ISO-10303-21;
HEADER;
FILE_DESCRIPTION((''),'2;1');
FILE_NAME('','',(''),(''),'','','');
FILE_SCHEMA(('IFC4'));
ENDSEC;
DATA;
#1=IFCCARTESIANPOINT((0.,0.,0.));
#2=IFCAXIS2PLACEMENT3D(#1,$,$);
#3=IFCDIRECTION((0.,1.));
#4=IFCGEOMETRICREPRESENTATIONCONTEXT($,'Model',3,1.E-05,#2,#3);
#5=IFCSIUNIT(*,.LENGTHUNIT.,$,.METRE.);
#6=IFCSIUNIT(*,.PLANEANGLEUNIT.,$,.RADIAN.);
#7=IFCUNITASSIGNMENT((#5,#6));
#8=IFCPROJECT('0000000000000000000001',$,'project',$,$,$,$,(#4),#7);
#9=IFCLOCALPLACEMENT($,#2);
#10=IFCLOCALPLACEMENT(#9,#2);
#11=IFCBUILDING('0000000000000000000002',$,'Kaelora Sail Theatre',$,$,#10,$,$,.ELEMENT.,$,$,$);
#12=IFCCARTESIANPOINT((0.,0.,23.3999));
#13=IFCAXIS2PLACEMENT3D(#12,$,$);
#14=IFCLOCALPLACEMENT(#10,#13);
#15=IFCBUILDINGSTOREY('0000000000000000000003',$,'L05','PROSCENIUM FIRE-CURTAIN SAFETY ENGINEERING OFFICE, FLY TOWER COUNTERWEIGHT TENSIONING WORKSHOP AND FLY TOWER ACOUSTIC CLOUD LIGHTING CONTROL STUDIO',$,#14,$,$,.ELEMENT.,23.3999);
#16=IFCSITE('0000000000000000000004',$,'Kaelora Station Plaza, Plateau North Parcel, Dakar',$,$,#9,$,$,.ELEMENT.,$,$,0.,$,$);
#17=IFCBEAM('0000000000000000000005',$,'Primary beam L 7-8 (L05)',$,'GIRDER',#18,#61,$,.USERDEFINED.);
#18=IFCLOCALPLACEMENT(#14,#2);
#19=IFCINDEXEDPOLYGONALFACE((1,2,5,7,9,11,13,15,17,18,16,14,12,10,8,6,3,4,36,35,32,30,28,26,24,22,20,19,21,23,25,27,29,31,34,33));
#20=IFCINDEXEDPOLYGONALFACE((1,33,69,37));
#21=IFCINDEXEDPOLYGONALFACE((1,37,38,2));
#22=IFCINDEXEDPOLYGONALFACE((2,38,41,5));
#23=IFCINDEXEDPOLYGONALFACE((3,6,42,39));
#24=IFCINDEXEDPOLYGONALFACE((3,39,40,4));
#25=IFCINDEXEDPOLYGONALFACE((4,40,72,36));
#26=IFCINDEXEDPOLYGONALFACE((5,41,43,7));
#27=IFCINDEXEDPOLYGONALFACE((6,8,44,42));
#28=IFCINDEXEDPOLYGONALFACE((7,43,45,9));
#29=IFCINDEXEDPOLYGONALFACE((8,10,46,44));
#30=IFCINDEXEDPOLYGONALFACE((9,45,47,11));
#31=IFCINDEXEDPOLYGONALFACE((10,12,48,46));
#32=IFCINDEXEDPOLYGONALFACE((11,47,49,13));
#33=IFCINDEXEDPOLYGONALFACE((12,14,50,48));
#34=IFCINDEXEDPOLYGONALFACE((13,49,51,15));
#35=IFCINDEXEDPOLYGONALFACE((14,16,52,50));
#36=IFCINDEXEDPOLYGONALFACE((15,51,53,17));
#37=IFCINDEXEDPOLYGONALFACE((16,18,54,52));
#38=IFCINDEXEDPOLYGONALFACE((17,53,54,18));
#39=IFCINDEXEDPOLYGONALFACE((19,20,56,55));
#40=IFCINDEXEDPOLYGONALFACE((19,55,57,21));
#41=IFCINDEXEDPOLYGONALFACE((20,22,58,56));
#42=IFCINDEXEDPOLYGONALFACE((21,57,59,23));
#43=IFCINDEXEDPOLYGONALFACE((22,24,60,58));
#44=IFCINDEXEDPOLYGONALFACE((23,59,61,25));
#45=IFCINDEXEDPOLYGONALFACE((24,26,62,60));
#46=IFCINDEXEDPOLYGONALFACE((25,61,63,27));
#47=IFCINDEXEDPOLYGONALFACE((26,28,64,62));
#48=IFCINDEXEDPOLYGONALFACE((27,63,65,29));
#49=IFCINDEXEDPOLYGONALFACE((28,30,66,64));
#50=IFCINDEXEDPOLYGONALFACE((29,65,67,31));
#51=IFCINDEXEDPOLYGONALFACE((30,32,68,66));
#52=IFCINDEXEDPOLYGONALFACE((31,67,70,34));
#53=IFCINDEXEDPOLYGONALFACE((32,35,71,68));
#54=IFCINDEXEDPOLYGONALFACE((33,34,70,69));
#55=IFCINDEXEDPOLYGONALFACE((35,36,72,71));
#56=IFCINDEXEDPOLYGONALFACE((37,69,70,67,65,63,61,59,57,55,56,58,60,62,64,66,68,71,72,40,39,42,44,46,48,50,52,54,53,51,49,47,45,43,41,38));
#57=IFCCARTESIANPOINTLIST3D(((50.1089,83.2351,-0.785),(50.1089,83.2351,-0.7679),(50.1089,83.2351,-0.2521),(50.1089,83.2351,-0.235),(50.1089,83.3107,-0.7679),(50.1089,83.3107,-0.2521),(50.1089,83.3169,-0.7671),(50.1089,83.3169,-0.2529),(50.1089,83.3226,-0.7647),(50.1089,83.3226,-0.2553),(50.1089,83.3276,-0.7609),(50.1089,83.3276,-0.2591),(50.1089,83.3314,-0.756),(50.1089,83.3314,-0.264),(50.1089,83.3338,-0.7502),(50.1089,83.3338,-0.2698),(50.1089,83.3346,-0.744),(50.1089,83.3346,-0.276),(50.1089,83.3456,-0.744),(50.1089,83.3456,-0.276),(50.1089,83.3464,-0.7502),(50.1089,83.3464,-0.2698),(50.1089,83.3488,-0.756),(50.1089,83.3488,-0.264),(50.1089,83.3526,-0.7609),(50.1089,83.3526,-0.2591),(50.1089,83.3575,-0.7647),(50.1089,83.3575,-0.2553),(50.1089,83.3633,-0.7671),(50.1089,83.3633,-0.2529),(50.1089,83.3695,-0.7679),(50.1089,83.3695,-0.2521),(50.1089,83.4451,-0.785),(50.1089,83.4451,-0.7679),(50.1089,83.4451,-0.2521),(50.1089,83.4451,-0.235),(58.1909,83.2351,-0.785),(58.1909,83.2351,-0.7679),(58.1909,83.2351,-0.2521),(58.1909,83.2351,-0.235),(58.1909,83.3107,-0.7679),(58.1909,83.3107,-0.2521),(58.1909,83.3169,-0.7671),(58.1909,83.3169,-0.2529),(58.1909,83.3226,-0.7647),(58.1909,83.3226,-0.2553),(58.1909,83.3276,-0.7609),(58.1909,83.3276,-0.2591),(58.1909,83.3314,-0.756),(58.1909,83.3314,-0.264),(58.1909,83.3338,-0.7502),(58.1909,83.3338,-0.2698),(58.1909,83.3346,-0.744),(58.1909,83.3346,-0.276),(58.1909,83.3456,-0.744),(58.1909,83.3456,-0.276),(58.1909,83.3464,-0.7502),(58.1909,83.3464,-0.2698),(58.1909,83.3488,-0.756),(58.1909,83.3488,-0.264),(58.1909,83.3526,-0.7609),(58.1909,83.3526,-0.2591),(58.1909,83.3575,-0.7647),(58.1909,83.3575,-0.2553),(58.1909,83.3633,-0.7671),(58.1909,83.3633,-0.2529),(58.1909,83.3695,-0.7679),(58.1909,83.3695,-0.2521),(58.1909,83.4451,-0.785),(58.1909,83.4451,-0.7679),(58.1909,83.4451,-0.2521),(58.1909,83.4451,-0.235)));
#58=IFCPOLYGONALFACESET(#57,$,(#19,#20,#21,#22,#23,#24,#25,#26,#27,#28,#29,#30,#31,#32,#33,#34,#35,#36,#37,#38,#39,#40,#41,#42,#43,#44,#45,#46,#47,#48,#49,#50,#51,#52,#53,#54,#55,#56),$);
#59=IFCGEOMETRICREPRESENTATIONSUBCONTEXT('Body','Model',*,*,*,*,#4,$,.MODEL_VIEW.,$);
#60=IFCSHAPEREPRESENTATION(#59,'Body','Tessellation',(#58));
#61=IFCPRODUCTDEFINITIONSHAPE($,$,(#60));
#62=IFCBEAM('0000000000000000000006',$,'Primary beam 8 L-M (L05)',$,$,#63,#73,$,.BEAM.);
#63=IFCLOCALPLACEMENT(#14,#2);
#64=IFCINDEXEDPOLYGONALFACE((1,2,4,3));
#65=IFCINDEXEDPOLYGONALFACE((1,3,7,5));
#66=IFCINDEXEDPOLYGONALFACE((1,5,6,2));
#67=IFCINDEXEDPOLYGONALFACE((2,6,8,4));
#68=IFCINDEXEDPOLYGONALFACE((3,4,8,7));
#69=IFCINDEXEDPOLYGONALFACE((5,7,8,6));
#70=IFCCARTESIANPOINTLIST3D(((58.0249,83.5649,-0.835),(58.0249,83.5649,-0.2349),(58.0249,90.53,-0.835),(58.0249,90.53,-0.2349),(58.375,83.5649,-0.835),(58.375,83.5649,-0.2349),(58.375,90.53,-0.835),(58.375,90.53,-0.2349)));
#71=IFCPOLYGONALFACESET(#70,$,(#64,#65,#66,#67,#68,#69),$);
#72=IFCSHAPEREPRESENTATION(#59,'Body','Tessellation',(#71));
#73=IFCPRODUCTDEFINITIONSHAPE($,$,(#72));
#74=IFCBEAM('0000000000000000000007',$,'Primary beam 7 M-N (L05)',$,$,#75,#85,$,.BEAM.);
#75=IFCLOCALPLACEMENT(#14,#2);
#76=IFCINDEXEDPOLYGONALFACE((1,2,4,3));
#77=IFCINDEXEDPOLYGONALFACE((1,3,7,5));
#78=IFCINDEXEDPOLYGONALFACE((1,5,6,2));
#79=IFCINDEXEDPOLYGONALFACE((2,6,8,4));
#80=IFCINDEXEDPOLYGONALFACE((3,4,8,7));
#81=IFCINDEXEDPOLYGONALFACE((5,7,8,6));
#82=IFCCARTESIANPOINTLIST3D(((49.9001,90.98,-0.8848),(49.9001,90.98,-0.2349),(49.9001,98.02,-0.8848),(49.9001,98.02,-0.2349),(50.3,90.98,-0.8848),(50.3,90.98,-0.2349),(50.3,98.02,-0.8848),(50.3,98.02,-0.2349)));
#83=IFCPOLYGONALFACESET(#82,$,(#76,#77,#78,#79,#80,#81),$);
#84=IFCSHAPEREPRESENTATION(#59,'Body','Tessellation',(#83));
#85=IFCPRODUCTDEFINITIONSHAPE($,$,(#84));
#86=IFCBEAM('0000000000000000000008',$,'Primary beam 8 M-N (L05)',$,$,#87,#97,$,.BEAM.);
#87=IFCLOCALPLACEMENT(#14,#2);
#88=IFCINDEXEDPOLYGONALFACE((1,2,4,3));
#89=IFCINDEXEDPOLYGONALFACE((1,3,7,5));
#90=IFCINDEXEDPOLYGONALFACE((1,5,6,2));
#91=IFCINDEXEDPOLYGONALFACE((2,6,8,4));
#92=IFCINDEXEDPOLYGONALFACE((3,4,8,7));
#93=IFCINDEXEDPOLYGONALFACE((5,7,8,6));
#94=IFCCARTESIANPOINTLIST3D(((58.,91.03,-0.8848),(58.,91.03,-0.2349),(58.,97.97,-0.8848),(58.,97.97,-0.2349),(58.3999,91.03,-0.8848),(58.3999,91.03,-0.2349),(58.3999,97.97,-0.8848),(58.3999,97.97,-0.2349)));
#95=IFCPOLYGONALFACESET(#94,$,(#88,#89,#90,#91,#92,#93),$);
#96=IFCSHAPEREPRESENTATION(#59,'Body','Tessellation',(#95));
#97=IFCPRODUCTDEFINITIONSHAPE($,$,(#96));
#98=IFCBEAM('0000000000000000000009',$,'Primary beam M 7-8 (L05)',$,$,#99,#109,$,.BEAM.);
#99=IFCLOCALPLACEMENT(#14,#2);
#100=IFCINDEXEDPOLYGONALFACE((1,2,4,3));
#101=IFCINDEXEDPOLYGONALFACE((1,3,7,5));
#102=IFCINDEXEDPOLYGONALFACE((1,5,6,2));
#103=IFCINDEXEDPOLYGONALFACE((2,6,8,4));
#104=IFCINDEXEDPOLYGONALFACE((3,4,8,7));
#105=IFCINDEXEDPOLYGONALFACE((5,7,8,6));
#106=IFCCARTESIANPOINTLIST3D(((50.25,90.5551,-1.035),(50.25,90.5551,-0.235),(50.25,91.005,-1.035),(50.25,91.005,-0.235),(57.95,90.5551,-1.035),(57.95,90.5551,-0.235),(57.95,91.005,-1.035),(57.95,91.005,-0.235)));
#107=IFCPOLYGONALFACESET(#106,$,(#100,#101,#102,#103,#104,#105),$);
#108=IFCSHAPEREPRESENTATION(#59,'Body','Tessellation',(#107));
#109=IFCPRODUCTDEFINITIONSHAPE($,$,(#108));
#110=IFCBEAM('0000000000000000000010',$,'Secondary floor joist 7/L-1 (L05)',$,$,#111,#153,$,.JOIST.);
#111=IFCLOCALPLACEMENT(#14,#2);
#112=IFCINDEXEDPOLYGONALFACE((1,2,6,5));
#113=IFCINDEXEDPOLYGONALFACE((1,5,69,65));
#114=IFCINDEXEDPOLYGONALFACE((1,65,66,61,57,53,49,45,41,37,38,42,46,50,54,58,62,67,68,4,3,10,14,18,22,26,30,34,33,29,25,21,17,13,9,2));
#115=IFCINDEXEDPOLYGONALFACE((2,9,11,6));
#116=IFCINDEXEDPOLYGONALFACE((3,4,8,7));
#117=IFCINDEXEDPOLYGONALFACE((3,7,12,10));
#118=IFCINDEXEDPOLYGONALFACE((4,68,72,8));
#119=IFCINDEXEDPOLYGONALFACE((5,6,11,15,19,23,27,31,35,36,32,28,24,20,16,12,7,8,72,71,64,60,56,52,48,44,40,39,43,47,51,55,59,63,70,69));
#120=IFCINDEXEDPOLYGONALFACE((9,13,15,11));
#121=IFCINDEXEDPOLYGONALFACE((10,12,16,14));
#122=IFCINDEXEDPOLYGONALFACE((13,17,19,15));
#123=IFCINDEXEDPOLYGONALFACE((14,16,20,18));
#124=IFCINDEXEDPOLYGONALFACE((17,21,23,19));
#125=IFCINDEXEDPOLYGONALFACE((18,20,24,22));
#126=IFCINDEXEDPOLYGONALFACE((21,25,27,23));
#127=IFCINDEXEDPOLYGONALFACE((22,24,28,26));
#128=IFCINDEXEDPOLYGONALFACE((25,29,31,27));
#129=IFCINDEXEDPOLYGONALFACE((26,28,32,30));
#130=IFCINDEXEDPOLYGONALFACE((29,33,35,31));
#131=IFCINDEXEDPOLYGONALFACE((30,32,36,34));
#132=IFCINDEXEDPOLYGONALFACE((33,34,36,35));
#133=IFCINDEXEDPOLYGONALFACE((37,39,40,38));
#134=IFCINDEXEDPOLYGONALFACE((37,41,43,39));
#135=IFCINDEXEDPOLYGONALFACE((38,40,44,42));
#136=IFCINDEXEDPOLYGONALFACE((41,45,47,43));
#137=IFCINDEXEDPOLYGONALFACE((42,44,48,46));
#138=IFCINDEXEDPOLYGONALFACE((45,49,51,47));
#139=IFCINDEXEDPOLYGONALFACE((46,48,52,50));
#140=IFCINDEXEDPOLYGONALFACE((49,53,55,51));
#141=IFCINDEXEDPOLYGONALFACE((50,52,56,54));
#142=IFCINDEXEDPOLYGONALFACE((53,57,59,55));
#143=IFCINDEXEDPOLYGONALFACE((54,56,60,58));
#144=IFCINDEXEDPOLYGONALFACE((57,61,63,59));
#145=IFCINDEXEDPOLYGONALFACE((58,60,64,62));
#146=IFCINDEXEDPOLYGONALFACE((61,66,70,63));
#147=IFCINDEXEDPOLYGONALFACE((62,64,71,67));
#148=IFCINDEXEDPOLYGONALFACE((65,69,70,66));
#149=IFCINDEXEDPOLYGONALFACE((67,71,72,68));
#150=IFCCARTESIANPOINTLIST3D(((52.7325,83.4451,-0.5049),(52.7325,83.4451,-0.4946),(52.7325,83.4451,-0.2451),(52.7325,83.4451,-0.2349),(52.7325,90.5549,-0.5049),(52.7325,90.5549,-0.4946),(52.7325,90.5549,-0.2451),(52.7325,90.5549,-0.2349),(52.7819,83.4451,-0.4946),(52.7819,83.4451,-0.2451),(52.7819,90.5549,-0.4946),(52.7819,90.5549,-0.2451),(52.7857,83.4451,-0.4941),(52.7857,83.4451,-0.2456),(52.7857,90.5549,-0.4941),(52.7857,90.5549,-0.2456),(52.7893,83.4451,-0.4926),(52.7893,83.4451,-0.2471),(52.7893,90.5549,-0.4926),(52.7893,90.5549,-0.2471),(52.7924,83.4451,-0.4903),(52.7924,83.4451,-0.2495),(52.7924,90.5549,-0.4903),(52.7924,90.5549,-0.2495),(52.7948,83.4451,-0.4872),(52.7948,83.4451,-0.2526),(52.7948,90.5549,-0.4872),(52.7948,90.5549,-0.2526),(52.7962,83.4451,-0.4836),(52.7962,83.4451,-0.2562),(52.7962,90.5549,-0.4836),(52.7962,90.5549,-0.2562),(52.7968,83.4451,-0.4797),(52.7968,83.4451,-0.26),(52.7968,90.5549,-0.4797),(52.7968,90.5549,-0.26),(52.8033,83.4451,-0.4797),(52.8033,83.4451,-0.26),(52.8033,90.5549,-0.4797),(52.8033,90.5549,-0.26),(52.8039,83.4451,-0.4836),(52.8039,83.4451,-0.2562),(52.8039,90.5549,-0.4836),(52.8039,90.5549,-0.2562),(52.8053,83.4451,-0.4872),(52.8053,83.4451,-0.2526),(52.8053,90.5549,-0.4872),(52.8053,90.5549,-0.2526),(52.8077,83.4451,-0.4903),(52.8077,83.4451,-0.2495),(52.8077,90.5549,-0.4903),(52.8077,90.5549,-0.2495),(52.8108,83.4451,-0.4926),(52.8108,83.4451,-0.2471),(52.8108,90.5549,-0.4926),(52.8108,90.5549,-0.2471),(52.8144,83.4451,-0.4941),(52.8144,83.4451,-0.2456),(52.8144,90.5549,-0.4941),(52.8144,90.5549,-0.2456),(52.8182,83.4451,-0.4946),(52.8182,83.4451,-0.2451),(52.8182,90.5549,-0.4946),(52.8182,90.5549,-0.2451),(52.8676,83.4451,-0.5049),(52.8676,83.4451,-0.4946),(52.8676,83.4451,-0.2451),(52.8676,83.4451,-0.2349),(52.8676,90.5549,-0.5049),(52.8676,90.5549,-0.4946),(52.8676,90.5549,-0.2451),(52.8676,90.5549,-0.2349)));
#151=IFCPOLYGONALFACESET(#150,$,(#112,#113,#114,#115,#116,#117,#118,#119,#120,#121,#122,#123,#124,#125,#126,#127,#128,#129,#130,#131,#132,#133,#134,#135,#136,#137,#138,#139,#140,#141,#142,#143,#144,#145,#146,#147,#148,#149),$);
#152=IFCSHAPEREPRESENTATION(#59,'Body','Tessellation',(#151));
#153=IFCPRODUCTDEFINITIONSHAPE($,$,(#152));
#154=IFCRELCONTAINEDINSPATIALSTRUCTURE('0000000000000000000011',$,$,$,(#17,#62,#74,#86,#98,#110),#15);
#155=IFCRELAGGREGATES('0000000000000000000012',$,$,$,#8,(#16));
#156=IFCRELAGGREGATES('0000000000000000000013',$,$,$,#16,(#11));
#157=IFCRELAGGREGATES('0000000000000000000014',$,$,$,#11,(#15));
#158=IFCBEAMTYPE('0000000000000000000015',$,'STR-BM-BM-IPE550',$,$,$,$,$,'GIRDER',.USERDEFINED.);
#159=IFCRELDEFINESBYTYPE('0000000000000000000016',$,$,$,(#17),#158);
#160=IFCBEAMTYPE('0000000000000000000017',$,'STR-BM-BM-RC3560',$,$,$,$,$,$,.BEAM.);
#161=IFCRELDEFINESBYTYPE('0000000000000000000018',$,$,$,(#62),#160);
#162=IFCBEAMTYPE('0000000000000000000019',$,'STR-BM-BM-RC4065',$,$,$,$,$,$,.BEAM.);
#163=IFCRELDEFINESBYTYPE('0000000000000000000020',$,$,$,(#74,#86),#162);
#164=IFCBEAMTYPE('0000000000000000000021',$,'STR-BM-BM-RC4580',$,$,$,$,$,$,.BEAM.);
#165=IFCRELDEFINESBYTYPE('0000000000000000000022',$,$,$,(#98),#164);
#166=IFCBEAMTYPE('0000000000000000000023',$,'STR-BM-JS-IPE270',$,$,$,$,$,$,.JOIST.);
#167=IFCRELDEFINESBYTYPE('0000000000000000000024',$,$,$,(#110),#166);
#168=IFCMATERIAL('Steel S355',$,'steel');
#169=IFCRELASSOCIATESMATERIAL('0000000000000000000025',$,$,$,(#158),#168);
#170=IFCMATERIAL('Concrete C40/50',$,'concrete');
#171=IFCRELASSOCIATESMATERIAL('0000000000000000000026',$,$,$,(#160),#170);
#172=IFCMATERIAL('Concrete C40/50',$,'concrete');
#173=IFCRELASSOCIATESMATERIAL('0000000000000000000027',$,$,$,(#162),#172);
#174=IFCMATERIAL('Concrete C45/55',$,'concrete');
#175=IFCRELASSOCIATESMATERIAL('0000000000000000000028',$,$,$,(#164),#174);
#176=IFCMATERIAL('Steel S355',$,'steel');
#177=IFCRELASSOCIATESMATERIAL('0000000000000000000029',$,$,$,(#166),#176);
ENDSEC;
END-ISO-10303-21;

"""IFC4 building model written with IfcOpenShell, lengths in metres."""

from ifc_helpers import new_model, si_unit, direction, frame, origin, origin_2d, place, context, subcontext, project, spatial, rectangle, i_section, extrude, material, material_profile, profile_set, type_object, element, save


model = new_model("IFC4")

# Units and contexts
model_context = context("Model", 3, precision=1e-05, world=origin(), true_north=direction((0.0, 1.0)))
body_context = subcontext(model_context, "Body", "Model", "MODEL_VIEW")
ifc_project = project(units=[si_unit("LENGTHUNIT", "METRE"), si_unit("PLANEANGLEUNIT", "RADIAN")], contexts=[model_context])

# Site, building, storey
site_placement = place(None, origin())
site = spatial("IfcSite", under=ifc_project, at=site_placement, Name="Kaelora Station Plaza, Plateau North Parcel, Dakar", CompositionType="ELEMENT", RefElevation=0.0)
building_placement = place(site_placement, origin())
building = spatial("IfcBuilding", under=site, at=building_placement, Name="Kaelora Sail Theatre", CompositionType="ELEMENT")
storey_placement = place(building_placement, frame((0.0, 0.0, 23.3999)))
storey = spatial("IfcBuildingStorey", under=building, at=storey_placement, Name="L05", Description="PROSCENIUM FIRE-CURTAIN SAFETY ENGINEERING OFFICE, FLY TOWER COUNTERWEIGHT TENSIONING WORKSHOP AND FLY TOWER ACOUSTIC CLOUD LIGHTING CONTROL STUDIO", CompositionType="ELEMENT", Elevation=23.3999)

# Beams
ifc_material_1 = material(Name="Steel S355", Category="steel")
ifc_material_profile_1 = material_profile(ifc_material_1, i_section(OverallWidth=0.21, OverallDepth=0.55, WebThickness=0.011, FlangeThickness=0.0171, FilletRadius=0.0239, at=origin_2d()), Name="IPE 550")
ifc_profile_set_1 = profile_set([ifc_material_profile_1], Name="Steel S355")
beam_type_1 = type_object("IfcBeamType", Name="STR-BM-BM-IPE550", ElementType="GIRDER", PredefinedType="USERDEFINED", material=ifc_profile_set_1)
beam_1_placement = place(storey_placement, frame((50.1089, 83.3401, -0.51), z_axis=(1.0, 0.0, 0.0), x_axis=(0.0, 1.0, 0.0)))
element("IfcBeam", 1, at=beam_1_placement, inside=storey, type_object=beam_type_1, Name="Primary beam L 7-8 (L05)", ObjectType="GIRDER", PredefinedType="USERDEFINED", context=body_context, shape_type="SweptSolid", body=[
    extrude(i_section(OverallWidth=0.21, OverallDepth=0.55, WebThickness=0.011, FlangeThickness=0.0171, FilletRadius=0.0239, at=origin_2d()), origin(), (0.0, 0.0, 1.0), 8.082),
])
ifc_material_2 = material(Name="Concrete C40/50", Category="concrete")
ifc_material_profile_2 = material_profile(ifc_material_2, rectangle(XDim=0.3501, YDim=0.6001, at=origin_2d()), Name="RC-BM 350x600")
ifc_profile_set_2 = profile_set([ifc_material_profile_2], Name="Concrete C40/50")
beam_type_2 = type_object("IfcBeamType", Name="STR-BM-BM-RC3560", PredefinedType="BEAM", material=ifc_profile_set_2)
beam_2_placement = place(storey_placement, frame((58.2, 83.5649, -0.5349), z_axis=(0.0, 1.0, 0.0), x_axis=(-1.0, 0.0, 0.0)))
element("IfcBeam", 2, at=beam_2_placement, inside=storey, type_object=beam_type_2, Name="Primary beam 8 L-M (L05)", PredefinedType="BEAM", context=body_context, shape_type="SweptSolid", body=[
    extrude(rectangle(XDim=0.3501, YDim=0.6001, at=origin_2d()), origin(), (0.0, 0.0, 1.0), 6.9651),
])
ifc_material_3 = material(Name="Concrete C40/50", Category="concrete")
ifc_material_profile_3 = material_profile(ifc_material_3, rectangle(XDim=0.3999, YDim=0.6499, at=origin_2d()), Name="RC-BM 400x650")
ifc_profile_set_3 = profile_set([ifc_material_profile_3], Name="Concrete C40/50")
beam_type_3 = type_object("IfcBeamType", Name="STR-BM-BM-RC4065", PredefinedType="BEAM", material=ifc_profile_set_3)
beam_3_placement = place(storey_placement, frame((50.1001, 90.98, -0.5598), z_axis=(0.0, 1.0, 0.0), x_axis=(-1.0, 0.0, 0.0)))
element("IfcBeam", 3, at=beam_3_placement, inside=storey, type_object=beam_type_3, Name="Primary beam 7 M-N (L05)", PredefinedType="BEAM", context=body_context, shape_type="SweptSolid", body=[
    extrude(rectangle(XDim=0.3999, YDim=0.6499, at=origin_2d()), origin(), (0.0, 0.0, 1.0), 7.04),
])
beam_4_placement = place(storey_placement, frame((58.2, 91.03, -0.5598), z_axis=(0.0, 1.0, 0.0), x_axis=(-1.0, 0.0, 0.0)))
element("IfcBeam", 4, at=beam_4_placement, inside=storey, type_object=beam_type_3, Name="Primary beam 8 M-N (L05)", PredefinedType="BEAM", context=body_context, shape_type="SweptSolid", body=[
    extrude(rectangle(XDim=0.3999, YDim=0.6499, at=origin_2d()), origin(), (0.0, 0.0, 1.0), 6.9399),
])
ifc_material_4 = material(Name="Concrete C45/55", Category="concrete")
ifc_material_profile_4 = material_profile(ifc_material_4, rectangle(XDim=0.45, YDim=0.8, at=origin_2d()), Name="RC-BM 450x800")
ifc_profile_set_4 = profile_set([ifc_material_profile_4], Name="Concrete C45/55")
beam_type_4 = type_object("IfcBeamType", Name="STR-BM-BM-RC4580", PredefinedType="BEAM", material=ifc_profile_set_4)
beam_5_placement = place(storey_placement, frame((50.25, 90.78, -0.635), z_axis=(1.0, 0.0, 0.0), x_axis=(0.0, 1.0, 0.0)))
element("IfcBeam", 5, at=beam_5_placement, inside=storey, type_object=beam_type_4, Name="Primary beam M 7-8 (L05)", PredefinedType="BEAM", context=body_context, shape_type="SweptSolid", body=[
    extrude(rectangle(XDim=0.45, YDim=0.8, at=origin_2d()), origin(), (0.0, 0.0, 1.0), 7.7),
])
ifc_material_5 = material(Name="Steel S355", Category="steel")
ifc_material_profile_5 = material_profile(ifc_material_5, i_section(OverallWidth=0.135, OverallDepth=0.27, WebThickness=0.0066, FlangeThickness=0.0103, FilletRadius=0.0149, at=origin_2d()), Name="IPE 270")
ifc_profile_set_5 = profile_set([ifc_material_profile_5], Name="Steel S355")
beam_type_5 = type_object("IfcBeamType", Name="STR-BM-JS-IPE270", PredefinedType="JOIST", material=ifc_profile_set_5)
beam_6_placement = place(storey_placement, frame((52.8, 83.4451, -0.3699), z_axis=(0.0, 1.0, 0.0), x_axis=(-1.0, 0.0, 0.0)))
element("IfcBeam", 6, at=beam_6_placement, inside=storey, type_object=beam_type_5, Name="Secondary floor joist 7/L-1 (L05)", PredefinedType="JOIST", context=body_context, shape_type="SweptSolid", body=[
    extrude(i_section(OverallWidth=0.135, OverallDepth=0.27, WebThickness=0.0066, FlangeThickness=0.0103, FilletRadius=0.0149, at=origin_2d()), origin(), (0.0, 0.0, 1.0), 7.1099),
])

save(model, "model.ifc")
